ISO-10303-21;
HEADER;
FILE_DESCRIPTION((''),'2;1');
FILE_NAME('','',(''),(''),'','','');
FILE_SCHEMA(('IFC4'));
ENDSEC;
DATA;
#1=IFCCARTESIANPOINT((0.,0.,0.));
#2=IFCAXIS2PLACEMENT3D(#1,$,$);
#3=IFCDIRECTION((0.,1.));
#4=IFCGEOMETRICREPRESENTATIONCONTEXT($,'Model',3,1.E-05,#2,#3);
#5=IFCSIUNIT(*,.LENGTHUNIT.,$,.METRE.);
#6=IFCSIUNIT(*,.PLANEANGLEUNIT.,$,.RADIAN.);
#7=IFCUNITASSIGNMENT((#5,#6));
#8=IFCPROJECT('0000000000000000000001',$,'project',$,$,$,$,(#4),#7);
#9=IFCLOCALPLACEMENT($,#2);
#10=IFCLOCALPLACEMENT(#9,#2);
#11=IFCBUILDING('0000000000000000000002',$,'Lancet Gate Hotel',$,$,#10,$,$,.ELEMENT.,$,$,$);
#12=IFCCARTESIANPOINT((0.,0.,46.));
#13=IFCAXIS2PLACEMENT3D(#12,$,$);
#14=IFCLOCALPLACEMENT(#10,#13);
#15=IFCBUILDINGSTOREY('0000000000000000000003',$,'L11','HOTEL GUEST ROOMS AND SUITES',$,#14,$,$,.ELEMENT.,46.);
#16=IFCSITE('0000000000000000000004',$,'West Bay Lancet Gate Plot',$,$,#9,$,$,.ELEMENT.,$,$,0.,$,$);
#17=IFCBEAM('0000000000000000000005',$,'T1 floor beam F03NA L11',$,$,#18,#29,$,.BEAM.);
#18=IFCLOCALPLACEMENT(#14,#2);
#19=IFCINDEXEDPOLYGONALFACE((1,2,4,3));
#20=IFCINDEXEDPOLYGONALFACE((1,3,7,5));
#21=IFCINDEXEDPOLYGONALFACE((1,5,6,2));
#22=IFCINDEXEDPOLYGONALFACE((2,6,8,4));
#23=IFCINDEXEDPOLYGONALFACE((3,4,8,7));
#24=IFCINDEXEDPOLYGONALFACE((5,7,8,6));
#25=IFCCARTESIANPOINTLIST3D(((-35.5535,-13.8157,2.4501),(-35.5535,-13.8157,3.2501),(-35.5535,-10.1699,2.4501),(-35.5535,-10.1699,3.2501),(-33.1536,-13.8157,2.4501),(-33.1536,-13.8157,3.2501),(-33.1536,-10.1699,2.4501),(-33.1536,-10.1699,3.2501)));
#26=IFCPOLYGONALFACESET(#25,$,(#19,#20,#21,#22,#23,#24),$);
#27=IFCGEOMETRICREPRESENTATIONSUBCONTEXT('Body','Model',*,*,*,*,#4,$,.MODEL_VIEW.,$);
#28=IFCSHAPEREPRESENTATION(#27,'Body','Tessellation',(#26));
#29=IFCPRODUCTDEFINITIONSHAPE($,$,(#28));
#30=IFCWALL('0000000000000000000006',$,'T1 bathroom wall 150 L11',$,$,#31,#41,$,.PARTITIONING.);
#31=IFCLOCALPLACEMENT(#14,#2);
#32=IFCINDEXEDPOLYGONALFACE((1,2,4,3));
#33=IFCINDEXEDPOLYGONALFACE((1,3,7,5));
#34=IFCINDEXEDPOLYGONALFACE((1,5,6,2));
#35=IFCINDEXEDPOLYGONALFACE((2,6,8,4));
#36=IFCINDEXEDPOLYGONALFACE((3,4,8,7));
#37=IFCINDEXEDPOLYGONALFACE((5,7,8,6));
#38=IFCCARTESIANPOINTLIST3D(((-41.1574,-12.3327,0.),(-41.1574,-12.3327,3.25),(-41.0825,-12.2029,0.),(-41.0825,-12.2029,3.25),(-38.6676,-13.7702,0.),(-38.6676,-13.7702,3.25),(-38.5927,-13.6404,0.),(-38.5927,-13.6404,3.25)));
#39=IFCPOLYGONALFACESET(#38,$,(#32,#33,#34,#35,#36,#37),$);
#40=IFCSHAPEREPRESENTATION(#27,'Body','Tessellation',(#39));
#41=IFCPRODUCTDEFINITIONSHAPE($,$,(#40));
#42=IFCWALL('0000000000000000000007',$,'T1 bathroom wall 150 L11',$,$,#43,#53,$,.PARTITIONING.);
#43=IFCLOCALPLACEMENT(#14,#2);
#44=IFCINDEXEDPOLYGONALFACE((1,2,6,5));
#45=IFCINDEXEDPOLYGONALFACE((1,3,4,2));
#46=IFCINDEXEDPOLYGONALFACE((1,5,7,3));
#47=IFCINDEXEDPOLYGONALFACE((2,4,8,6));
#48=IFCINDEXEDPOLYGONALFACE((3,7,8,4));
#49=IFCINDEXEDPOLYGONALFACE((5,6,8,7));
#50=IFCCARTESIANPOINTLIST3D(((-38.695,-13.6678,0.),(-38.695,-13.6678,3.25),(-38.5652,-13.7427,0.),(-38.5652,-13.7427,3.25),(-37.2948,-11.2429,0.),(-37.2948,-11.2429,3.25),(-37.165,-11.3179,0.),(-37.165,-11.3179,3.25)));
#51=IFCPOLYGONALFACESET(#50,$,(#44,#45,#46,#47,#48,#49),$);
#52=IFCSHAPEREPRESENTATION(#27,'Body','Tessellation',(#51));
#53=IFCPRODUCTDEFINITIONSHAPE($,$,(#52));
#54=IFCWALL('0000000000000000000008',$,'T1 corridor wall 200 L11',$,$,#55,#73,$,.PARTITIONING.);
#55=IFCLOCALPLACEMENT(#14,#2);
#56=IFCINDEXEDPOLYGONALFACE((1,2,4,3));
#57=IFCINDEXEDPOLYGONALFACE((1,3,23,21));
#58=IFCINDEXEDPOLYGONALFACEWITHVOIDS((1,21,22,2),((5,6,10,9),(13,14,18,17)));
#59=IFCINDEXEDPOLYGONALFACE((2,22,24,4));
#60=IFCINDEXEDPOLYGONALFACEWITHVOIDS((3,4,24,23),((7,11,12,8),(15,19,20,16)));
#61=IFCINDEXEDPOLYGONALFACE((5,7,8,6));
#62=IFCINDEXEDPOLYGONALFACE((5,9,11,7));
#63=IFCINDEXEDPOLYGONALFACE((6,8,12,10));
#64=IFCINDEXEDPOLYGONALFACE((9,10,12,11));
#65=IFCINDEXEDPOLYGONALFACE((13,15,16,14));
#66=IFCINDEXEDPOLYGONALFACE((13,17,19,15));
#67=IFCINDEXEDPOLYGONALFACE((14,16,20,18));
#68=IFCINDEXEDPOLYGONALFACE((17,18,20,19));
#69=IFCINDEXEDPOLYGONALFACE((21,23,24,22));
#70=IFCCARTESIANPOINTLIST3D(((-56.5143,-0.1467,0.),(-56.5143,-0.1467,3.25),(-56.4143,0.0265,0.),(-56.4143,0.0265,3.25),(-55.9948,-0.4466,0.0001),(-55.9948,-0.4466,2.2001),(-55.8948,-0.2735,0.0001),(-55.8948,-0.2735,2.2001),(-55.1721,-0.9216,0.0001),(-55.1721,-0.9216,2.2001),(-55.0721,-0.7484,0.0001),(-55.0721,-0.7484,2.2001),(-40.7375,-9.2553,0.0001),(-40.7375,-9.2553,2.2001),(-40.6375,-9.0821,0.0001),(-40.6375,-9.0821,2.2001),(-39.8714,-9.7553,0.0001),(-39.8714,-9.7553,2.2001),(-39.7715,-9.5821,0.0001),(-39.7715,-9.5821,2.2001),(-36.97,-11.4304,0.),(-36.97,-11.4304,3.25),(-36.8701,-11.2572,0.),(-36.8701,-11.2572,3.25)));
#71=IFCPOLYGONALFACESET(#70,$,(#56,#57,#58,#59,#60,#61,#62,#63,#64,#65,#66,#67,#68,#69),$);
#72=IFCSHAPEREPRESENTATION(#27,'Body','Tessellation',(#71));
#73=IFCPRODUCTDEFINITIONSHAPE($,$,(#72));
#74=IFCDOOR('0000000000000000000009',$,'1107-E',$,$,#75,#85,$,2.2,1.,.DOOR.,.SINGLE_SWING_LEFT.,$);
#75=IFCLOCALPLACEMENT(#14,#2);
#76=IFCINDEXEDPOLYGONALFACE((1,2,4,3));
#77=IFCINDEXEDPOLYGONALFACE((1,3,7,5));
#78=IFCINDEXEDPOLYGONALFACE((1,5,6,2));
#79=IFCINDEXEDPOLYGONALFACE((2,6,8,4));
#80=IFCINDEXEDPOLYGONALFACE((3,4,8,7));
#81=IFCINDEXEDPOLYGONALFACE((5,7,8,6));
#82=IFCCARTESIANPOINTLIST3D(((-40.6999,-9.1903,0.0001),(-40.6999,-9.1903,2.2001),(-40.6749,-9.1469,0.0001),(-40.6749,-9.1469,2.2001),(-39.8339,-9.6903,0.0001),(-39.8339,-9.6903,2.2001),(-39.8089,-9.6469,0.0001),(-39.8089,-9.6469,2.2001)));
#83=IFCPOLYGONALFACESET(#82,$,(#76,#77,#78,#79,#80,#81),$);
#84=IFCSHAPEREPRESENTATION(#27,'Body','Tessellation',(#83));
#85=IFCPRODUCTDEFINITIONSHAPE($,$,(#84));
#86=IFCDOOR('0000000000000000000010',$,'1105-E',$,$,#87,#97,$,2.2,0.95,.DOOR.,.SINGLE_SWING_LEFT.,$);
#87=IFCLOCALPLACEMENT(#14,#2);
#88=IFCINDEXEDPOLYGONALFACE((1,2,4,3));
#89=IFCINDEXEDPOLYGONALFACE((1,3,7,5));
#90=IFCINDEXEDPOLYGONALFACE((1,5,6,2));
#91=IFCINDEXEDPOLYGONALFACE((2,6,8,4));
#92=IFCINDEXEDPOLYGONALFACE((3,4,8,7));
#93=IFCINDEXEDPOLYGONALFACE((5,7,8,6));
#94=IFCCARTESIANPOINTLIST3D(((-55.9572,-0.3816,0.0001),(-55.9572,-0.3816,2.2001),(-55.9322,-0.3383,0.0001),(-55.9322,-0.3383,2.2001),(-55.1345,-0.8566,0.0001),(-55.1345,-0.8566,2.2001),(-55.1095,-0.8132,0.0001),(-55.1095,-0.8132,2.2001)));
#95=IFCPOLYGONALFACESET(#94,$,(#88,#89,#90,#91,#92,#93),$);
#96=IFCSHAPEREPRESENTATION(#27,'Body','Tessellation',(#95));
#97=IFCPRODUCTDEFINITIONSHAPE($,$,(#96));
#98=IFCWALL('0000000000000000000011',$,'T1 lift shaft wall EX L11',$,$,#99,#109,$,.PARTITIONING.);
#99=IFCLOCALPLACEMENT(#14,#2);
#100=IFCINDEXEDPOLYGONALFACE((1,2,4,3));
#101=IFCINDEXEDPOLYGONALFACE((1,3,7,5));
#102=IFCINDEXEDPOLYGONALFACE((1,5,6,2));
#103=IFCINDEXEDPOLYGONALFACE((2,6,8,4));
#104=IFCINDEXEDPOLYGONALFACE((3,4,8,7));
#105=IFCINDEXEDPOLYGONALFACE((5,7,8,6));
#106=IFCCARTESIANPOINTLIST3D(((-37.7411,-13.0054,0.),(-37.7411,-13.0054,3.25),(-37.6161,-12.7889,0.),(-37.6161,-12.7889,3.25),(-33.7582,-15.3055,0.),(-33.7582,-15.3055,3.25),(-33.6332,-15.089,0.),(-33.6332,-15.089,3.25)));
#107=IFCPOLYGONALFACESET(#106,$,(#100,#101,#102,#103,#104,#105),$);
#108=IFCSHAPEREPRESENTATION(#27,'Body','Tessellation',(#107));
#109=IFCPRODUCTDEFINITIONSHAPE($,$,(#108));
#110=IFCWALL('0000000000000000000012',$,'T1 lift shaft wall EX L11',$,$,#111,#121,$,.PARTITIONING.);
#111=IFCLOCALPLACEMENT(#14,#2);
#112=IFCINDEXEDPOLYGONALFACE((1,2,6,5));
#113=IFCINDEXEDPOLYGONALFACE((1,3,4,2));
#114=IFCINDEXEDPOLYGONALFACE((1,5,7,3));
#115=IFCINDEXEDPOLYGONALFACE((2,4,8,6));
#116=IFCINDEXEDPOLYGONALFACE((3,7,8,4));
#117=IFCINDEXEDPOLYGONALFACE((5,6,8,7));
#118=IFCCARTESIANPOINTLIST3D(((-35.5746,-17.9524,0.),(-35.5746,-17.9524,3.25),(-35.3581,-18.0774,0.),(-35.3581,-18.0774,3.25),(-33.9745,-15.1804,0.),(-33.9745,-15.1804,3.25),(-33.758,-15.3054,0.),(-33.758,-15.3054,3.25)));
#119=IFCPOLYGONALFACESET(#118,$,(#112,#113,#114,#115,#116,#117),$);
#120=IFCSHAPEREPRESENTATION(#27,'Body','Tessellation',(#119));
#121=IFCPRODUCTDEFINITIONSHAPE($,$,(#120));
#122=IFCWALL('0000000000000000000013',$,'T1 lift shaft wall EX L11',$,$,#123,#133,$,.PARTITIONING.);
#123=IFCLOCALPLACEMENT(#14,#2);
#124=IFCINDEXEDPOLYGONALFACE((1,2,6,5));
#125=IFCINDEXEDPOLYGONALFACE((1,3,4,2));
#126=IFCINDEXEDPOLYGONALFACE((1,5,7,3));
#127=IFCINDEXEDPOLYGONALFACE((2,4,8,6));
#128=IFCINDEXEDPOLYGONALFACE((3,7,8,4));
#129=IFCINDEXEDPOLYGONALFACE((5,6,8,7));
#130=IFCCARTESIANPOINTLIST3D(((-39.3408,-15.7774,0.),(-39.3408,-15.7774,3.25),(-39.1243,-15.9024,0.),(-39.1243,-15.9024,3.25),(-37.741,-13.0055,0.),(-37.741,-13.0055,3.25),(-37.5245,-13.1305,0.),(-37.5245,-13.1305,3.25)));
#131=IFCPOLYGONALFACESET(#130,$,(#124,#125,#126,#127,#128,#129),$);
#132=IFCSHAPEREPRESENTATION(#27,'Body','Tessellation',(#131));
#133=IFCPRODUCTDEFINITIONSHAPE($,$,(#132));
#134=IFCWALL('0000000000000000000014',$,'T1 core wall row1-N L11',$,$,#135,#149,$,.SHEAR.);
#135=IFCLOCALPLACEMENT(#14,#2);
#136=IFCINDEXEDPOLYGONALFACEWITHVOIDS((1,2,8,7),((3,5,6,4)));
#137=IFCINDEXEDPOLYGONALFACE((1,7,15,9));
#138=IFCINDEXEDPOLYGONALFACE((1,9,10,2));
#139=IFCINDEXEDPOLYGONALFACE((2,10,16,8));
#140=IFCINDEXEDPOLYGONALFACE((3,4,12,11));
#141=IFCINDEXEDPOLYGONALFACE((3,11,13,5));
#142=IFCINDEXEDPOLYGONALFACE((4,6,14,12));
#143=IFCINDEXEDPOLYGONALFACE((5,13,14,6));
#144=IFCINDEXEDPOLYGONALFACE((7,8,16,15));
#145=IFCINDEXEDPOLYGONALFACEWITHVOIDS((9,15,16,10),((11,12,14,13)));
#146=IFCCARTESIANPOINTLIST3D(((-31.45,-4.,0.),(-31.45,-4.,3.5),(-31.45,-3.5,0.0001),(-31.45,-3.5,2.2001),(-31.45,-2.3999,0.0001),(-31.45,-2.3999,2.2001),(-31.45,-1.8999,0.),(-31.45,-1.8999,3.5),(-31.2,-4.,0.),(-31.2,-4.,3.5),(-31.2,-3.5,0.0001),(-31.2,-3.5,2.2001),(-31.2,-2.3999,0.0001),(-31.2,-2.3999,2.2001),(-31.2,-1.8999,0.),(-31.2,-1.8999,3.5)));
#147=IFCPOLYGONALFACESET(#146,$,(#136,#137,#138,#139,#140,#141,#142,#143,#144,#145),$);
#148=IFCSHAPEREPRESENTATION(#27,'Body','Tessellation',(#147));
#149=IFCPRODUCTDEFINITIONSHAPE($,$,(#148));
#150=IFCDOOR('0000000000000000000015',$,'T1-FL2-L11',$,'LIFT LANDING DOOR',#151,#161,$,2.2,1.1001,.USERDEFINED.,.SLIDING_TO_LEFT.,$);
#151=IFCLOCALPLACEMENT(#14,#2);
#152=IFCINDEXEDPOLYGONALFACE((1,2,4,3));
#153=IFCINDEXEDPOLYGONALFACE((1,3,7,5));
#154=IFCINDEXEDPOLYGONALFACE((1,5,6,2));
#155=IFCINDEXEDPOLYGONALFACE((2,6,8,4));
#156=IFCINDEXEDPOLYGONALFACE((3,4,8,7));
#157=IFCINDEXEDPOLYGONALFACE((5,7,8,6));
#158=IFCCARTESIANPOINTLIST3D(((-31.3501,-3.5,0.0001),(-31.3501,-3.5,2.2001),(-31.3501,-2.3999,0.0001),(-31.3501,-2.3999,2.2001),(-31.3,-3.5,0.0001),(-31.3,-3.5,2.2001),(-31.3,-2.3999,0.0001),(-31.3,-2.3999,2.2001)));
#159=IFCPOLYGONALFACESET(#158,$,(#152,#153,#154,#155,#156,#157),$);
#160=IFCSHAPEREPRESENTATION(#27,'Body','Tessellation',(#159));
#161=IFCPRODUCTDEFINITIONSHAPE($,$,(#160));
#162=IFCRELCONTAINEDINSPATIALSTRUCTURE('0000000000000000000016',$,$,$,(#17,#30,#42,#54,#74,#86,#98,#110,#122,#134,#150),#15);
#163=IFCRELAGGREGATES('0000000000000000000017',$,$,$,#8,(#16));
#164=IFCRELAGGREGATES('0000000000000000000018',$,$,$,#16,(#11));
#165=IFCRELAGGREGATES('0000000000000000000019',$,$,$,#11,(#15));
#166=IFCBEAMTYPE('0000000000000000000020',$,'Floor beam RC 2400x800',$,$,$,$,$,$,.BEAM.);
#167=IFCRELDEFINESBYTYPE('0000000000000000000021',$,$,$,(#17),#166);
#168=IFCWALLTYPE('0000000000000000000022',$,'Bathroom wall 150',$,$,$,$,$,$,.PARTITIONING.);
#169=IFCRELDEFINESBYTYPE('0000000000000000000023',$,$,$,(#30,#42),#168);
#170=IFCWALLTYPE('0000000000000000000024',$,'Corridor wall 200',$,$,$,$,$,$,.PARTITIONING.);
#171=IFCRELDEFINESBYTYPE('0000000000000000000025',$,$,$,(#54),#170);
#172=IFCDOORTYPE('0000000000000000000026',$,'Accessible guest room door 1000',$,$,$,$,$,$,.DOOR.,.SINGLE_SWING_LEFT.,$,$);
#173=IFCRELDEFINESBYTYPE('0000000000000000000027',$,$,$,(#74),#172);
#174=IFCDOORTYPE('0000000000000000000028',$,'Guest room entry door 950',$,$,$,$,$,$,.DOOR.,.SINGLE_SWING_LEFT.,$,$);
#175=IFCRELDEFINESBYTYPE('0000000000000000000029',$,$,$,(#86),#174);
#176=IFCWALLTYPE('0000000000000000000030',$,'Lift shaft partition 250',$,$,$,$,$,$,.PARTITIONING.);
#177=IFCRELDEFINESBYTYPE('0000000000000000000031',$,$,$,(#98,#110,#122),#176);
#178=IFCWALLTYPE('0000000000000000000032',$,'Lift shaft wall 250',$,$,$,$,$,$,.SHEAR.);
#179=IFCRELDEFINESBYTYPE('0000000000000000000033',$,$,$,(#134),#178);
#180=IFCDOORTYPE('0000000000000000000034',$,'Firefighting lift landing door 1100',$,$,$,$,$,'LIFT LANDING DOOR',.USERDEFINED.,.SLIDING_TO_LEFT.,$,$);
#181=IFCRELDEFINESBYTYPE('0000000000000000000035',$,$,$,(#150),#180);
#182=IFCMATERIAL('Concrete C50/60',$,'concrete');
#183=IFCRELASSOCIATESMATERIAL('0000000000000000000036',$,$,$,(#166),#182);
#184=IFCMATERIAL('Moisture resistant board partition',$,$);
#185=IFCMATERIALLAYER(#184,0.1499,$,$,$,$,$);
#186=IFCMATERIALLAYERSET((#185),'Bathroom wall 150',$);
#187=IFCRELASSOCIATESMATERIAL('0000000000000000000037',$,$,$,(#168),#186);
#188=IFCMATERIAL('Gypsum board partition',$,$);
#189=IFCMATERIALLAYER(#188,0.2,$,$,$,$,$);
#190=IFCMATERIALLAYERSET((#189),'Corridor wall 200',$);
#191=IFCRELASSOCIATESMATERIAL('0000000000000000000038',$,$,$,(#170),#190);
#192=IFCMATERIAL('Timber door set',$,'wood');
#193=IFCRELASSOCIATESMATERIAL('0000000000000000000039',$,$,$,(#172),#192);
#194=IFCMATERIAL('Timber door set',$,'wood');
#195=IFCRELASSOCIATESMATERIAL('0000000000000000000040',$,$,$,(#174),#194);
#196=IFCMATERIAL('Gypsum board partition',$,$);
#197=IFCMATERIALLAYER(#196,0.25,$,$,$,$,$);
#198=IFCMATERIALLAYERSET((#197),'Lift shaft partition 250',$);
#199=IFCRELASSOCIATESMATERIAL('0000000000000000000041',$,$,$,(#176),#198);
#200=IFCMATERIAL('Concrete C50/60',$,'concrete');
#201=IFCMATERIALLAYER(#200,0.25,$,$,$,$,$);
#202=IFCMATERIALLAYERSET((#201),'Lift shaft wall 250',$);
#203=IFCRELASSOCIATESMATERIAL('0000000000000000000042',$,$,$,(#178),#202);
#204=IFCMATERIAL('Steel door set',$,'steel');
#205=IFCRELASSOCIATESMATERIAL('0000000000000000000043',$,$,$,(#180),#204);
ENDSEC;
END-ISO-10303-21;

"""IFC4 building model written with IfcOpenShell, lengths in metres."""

from ifc_helpers import new_model, si_unit, direction, frame, frame_2d, origin, origin_2d, place, context, subcontext, project, spatial, rectangle, extrude, material, layer, layer_set, material_profile, profile_set, type_object, element, fill, save


model = new_model("IFC4")

# Units and contexts
model_context = context("Model", 3, precision=1e-05, world=origin(), true_north=direction((0.0, 1.0)))
body_context = subcontext(model_context, "Body", "Model", "MODEL_VIEW")
ifc_project = project(units=[si_unit("LENGTHUNIT", "METRE"), si_unit("PLANEANGLEUNIT", "RADIAN")], contexts=[model_context])

# Site, building, storey
site_placement = place(None, origin())
site = spatial("IfcSite", under=ifc_project, at=site_placement, Name="West Bay Lancet Gate Plot", CompositionType="ELEMENT", RefElevation=0.0)
building_placement = place(site_placement, origin())
building = spatial("IfcBuilding", under=site, at=building_placement, Name="Lancet Gate Hotel", CompositionType="ELEMENT")
storey_placement = place(building_placement, frame((0.0, 0.0, 46.0)))
storey = spatial("IfcBuildingStorey", under=building, at=storey_placement, Name="L11", Description="HOTEL GUEST ROOMS AND SUITES", CompositionType="ELEMENT", Elevation=46.0)

# Beam
ifc_material_1 = material(Name="Concrete C50/60", Category="concrete")
ifc_material_profile = material_profile(ifc_material_1, rectangle(XDim=2.3999, YDim=0.8, at=origin_2d()), Name="RC 2400x800")
ifc_profile_set = profile_set([ifc_material_profile], Name="Concrete C50/60")
beam_type = type_object("IfcBeamType", Name="Floor beam RC 2400x800", PredefinedType="BEAM", material=ifc_profile_set)
beam_placement = place(storey_placement, frame((-34.3535, -10.1699, 2.8501), z_axis=(0.0, -1.0, 0.0), x_axis=(1.0, 0.0, 0.0)))
element("IfcBeam", 1, at=beam_placement, inside=storey, type_object=beam_type, Name="T1 floor beam F03NA L11", PredefinedType="BEAM", context=body_context, shape_type="SweptSolid", body=[
    extrude(rectangle(XDim=2.3999, YDim=0.8, at=origin_2d()), origin(), (0.0, 0.0, 1.0), 3.6458),
])

# Walls
ifc_material_2 = material(Name="Moisture resistant board partition")
ifc_layer_1 = layer(ifc_material_2, 0.1499)
ifc_layer_set_1 = layer_set([ifc_layer_1], Name="Bathroom wall 150")
wall_type_1 = type_object("IfcWallType", Name="Bathroom wall 150", PredefinedType="PARTITIONING", material=ifc_layer_set_1)
wall_1_placement = place(storey_placement, frame((-38.6301, -13.7053, 0.0), z_axis=(0.0, 0.0, 1.0), x_axis=(-0.866019, 0.500012, 0.0)))
element("IfcWall", 2, at=wall_1_placement, inside=storey, type_object=wall_type_1, Name="T1 bathroom wall 150 L11", PredefinedType="PARTITIONING", context=body_context, shape_type="SweptSolid", body=[
    extrude(rectangle(XDim=2.875, YDim=0.1499, at=frame_2d((1.4375, 0.0))), origin(), (0.0, 0.0, 1.0), 3.25),
])
wall_2_placement = place(storey_placement, frame((-37.23, -11.2805, 0.0), z_axis=(0.0, 0.0, 1.0), x_axis=(-0.50005, -0.865997, 0.0)))
element("IfcWall", 3, at=wall_2_placement, inside=storey, type_object=wall_type_1, Name="T1 bathroom wall 150 L11", PredefinedType="PARTITIONING", context=body_context, shape_type="SweptSolid", body=[
    extrude(rectangle(XDim=2.8, YDim=0.1499, at=frame_2d((1.3999, 0.0))), origin(), (0.0, 0.0, 1.0), 3.25),
])

# Wall, openings, doors
ifc_material_3 = material(Name="Gypsum board partition")
ifc_layer_2 = layer(ifc_material_3, 0.2)
ifc_layer_set_2 = layer_set([ifc_layer_2], Name="Corridor wall 200")
wall_type_2 = type_object("IfcWallType", Name="Corridor wall 200", PredefinedType="PARTITIONING", material=ifc_layer_set_2)
wall_3_placement = place(storey_placement, frame((-36.9202, -11.3438, 0.0), z_axis=(0.0, 0.0, 1.0), x_axis=(-0.866028, 0.499995, 0.0)))
wall_3 = element("IfcWall", 4, at=wall_3_placement, inside=storey, type_object=wall_type_2, Name="T1 corridor wall 200 L11", PredefinedType="PARTITIONING", context=body_context, shape_type="SweptSolid", body=[
    extrude(rectangle(XDim=22.5676, YDim=0.2, at=frame_2d((11.2837, 0.0))), origin(), (0.0, 0.0, 1.0), 3.25),
])
opening_1_placement = place(wall_3_placement, frame((21.0176, 0.0, 0.0)))
opening_1 = element("IfcOpeningElement", 5, at=opening_1_placement, cuts=wall_3, PredefinedType="OPENING", context=body_context, shape_type="SweptSolid", body=[
    extrude(rectangle(XDim=0.95, YDim=2.2, at=frame_2d((0.4751, 1.1001))), frame((0.0, 0.1099, 0.0), z_axis=(0.0, -1.0, 0.0), x_axis=(1.0, 0.0, 0.0)), (0.0, 0.0, 1.0), 0.22),
])
opening_2_placement = place(wall_3_placement, frame((3.3501, 0.0, 0.0)))
opening_2 = element("IfcOpeningElement", 6, at=opening_2_placement, cuts=wall_3, PredefinedType="OPENING", context=body_context, shape_type="SweptSolid", body=[
    extrude(rectangle(XDim=1.0, YDim=2.2, at=frame_2d((0.5, 1.1001))), frame((0.0, 0.1099, 0.0), z_axis=(0.0, -1.0, 0.0), x_axis=(1.0, 0.0, 0.0)), (0.0, 0.0, 1.0), 0.22),
])
ifc_material_4 = material(Name="Timber door set", Category="wood")
door_type_1 = type_object("IfcDoorType", Name="Accessible guest room door 1000", OperationType="SINGLE_SWING_LEFT", PredefinedType="DOOR", material=ifc_material_4)
door_1_placement = place(opening_2_placement, origin())
door_1 = element("IfcDoor", 7, at=door_1_placement, inside=storey, type_object=door_type_1, Name="1107-E", OperationType="SINGLE_SWING_LEFT", OverallHeight=2.2, OverallWidth=1.0, PredefinedType="DOOR", context=body_context, shape_type="SweptSolid", body=[
    extrude(rectangle(XDim=1.0, YDim=2.2, at=frame_2d((0.5, 1.1001))), frame((0.0, 0.0249, 0.0), z_axis=(0.0, -1.0, 0.0), x_axis=(1.0, 0.0, 0.0)), (0.0, 0.0, 1.0), 0.05),
])
fill(opening_2, door_1)
ifc_material_5 = material(Name="Timber door set", Category="wood")
door_type_2 = type_object("IfcDoorType", Name="Guest room entry door 950", OperationType="SINGLE_SWING_LEFT", PredefinedType="DOOR", material=ifc_material_5)
door_2_placement = place(opening_1_placement, origin())
door_2 = element("IfcDoor", 8, at=door_2_placement, inside=storey, type_object=door_type_2, Name="1105-E", OperationType="SINGLE_SWING_LEFT", OverallHeight=2.2, OverallWidth=0.95, PredefinedType="DOOR", context=body_context, shape_type="SweptSolid", body=[
    extrude(rectangle(XDim=0.95, YDim=2.2, at=frame_2d((0.4751, 1.1001))), frame((0.0, 0.0249, 0.0), z_axis=(0.0, -1.0, 0.0), x_axis=(1.0, 0.0, 0.0)), (0.0, 0.0, 1.0), 0.05),
])
fill(opening_1, door_2)

# Walls
ifc_material_6 = material(Name="Gypsum board partition")
ifc_layer_3 = layer(ifc_material_6, 0.25)
ifc_layer_set_3 = layer_set([ifc_layer_3], Name="Lift shaft partition 250")
wall_type_3 = type_object("IfcWallType", Name="Lift shaft partition 250", PredefinedType="PARTITIONING", material=ifc_layer_set_3)
wall_4_placement = place(storey_placement, frame((-33.6956, -15.1973, 0.0), z_axis=(0.0, 0.0, 1.0), x_axis=(-0.865977, 0.500084, 0.0)))
element("IfcWall", 9, at=wall_4_placement, inside=storey, type_object=wall_type_3, Name="T1 lift shaft wall EX L11", PredefinedType="PARTITIONING", context=body_context, shape_type="SweptSolid", body=[
    extrude(rectangle(XDim=4.5994, YDim=0.25, at=frame_2d((2.2998, 0.0))), origin(), (0.0, 0.0, 1.0), 3.25),
])
wall_5_placement = place(storey_placement, frame((-33.8662, -15.2429, 0.0), z_axis=(0.0, 0.0, 1.0), x_axis=(-0.499929, -0.866066, 0.0)))
element("IfcWall", 10, at=wall_5_placement, inside=storey, type_object=wall_type_3, Name="T1 lift shaft wall EX L11", PredefinedType="PARTITIONING", context=body_context, shape_type="SweptSolid", body=[
    extrude(rectangle(XDim=3.2007, YDim=0.25, at=frame_2d((1.6003, 0.0))), origin(), (0.0, 0.0, 1.0), 3.25),
])
wall_6_placement = place(storey_placement, frame((-37.6328, -13.0681, 0.0), z_axis=(0.0, 0.0, 1.0), x_axis=(-0.499872, -0.866099, 0.0)))
element("IfcWall", 11, at=wall_6_placement, inside=storey, type_object=wall_type_3, Name="T1 lift shaft wall EX L11", PredefinedType="PARTITIONING", context=body_context, shape_type="SweptSolid", body=[
    extrude(rectangle(XDim=3.2004, YDim=0.25, at=frame_2d((1.6001, 0.0))), origin(), (0.0, 0.0, 1.0), 3.25),
])

# Wall, opening, door
ifc_material_7 = material(Name="Concrete C50/60", Category="concrete")
ifc_layer_4 = layer(ifc_material_7, 0.25)
ifc_layer_set_4 = layer_set([ifc_layer_4], Name="Lift shaft wall 250")
wall_type_4 = type_object("IfcWallType", Name="Lift shaft wall 250", PredefinedType="SHEAR", material=ifc_layer_set_4)
wall_7_placement = place(storey_placement, frame((-31.325, -1.8999, 0.0), z_axis=(0.0, 0.0, 1.0), x_axis=(0.0, -1.0, 0.0)))
wall_7 = element("IfcWall", 12, at=wall_7_placement, inside=storey, type_object=wall_type_4, Name="T1 core wall row1-N L11", PredefinedType="SHEAR", context=body_context, shape_type="SweptSolid", body=[
    extrude(rectangle(XDim=2.1001, YDim=0.25, at=frame_2d((1.05, 0.0))), origin(), (0.0, 0.0, 1.0), 3.5),
])
opening_3_placement = place(wall_7_placement, frame((0.5, 0.0, 0.0)))
opening_3 = element("IfcOpeningElement", 13, at=opening_3_placement, cuts=wall_7, PredefinedType="OPENING", context=body_context, shape_type="SweptSolid", body=[
    extrude(rectangle(XDim=1.1001, YDim=2.2, at=frame_2d((0.55, 1.1001))), frame((0.0, 0.135, 0.0), z_axis=(0.0, -1.0, 0.0), x_axis=(1.0, 0.0, 0.0)), (0.0, 0.0, 1.0), 0.27),
])
ifc_material_8 = material(Name="Steel door set", Category="steel")
door_type_3 = type_object("IfcDoorType", Name="Firefighting lift landing door 1100", ElementType="LIFT LANDING DOOR", OperationType="SLIDING_TO_LEFT", PredefinedType="USERDEFINED", material=ifc_material_8)
door_3_placement = place(opening_3_placement, origin())
door_3 = element("IfcDoor", 14, at=door_3_placement, inside=storey, type_object=door_type_3, Name="T1-FL2-L11", ObjectType="LIFT LANDING DOOR", OperationType="SLIDING_TO_LEFT", OverallHeight=2.2, OverallWidth=1.1001, PredefinedType="USERDEFINED", context=body_context, shape_type="SweptSolid", body=[
    extrude(rectangle(XDim=1.1001, YDim=2.2, at=frame_2d((0.55, 1.1001))), frame((0.0, 0.0249, 0.0), z_axis=(0.0, -1.0, 0.0), x_axis=(1.0, 0.0, 0.0)), (0.0, 0.0, 1.0), 0.05),
])
fill(opening_3, door_3)

save(model, "model.ifc")
